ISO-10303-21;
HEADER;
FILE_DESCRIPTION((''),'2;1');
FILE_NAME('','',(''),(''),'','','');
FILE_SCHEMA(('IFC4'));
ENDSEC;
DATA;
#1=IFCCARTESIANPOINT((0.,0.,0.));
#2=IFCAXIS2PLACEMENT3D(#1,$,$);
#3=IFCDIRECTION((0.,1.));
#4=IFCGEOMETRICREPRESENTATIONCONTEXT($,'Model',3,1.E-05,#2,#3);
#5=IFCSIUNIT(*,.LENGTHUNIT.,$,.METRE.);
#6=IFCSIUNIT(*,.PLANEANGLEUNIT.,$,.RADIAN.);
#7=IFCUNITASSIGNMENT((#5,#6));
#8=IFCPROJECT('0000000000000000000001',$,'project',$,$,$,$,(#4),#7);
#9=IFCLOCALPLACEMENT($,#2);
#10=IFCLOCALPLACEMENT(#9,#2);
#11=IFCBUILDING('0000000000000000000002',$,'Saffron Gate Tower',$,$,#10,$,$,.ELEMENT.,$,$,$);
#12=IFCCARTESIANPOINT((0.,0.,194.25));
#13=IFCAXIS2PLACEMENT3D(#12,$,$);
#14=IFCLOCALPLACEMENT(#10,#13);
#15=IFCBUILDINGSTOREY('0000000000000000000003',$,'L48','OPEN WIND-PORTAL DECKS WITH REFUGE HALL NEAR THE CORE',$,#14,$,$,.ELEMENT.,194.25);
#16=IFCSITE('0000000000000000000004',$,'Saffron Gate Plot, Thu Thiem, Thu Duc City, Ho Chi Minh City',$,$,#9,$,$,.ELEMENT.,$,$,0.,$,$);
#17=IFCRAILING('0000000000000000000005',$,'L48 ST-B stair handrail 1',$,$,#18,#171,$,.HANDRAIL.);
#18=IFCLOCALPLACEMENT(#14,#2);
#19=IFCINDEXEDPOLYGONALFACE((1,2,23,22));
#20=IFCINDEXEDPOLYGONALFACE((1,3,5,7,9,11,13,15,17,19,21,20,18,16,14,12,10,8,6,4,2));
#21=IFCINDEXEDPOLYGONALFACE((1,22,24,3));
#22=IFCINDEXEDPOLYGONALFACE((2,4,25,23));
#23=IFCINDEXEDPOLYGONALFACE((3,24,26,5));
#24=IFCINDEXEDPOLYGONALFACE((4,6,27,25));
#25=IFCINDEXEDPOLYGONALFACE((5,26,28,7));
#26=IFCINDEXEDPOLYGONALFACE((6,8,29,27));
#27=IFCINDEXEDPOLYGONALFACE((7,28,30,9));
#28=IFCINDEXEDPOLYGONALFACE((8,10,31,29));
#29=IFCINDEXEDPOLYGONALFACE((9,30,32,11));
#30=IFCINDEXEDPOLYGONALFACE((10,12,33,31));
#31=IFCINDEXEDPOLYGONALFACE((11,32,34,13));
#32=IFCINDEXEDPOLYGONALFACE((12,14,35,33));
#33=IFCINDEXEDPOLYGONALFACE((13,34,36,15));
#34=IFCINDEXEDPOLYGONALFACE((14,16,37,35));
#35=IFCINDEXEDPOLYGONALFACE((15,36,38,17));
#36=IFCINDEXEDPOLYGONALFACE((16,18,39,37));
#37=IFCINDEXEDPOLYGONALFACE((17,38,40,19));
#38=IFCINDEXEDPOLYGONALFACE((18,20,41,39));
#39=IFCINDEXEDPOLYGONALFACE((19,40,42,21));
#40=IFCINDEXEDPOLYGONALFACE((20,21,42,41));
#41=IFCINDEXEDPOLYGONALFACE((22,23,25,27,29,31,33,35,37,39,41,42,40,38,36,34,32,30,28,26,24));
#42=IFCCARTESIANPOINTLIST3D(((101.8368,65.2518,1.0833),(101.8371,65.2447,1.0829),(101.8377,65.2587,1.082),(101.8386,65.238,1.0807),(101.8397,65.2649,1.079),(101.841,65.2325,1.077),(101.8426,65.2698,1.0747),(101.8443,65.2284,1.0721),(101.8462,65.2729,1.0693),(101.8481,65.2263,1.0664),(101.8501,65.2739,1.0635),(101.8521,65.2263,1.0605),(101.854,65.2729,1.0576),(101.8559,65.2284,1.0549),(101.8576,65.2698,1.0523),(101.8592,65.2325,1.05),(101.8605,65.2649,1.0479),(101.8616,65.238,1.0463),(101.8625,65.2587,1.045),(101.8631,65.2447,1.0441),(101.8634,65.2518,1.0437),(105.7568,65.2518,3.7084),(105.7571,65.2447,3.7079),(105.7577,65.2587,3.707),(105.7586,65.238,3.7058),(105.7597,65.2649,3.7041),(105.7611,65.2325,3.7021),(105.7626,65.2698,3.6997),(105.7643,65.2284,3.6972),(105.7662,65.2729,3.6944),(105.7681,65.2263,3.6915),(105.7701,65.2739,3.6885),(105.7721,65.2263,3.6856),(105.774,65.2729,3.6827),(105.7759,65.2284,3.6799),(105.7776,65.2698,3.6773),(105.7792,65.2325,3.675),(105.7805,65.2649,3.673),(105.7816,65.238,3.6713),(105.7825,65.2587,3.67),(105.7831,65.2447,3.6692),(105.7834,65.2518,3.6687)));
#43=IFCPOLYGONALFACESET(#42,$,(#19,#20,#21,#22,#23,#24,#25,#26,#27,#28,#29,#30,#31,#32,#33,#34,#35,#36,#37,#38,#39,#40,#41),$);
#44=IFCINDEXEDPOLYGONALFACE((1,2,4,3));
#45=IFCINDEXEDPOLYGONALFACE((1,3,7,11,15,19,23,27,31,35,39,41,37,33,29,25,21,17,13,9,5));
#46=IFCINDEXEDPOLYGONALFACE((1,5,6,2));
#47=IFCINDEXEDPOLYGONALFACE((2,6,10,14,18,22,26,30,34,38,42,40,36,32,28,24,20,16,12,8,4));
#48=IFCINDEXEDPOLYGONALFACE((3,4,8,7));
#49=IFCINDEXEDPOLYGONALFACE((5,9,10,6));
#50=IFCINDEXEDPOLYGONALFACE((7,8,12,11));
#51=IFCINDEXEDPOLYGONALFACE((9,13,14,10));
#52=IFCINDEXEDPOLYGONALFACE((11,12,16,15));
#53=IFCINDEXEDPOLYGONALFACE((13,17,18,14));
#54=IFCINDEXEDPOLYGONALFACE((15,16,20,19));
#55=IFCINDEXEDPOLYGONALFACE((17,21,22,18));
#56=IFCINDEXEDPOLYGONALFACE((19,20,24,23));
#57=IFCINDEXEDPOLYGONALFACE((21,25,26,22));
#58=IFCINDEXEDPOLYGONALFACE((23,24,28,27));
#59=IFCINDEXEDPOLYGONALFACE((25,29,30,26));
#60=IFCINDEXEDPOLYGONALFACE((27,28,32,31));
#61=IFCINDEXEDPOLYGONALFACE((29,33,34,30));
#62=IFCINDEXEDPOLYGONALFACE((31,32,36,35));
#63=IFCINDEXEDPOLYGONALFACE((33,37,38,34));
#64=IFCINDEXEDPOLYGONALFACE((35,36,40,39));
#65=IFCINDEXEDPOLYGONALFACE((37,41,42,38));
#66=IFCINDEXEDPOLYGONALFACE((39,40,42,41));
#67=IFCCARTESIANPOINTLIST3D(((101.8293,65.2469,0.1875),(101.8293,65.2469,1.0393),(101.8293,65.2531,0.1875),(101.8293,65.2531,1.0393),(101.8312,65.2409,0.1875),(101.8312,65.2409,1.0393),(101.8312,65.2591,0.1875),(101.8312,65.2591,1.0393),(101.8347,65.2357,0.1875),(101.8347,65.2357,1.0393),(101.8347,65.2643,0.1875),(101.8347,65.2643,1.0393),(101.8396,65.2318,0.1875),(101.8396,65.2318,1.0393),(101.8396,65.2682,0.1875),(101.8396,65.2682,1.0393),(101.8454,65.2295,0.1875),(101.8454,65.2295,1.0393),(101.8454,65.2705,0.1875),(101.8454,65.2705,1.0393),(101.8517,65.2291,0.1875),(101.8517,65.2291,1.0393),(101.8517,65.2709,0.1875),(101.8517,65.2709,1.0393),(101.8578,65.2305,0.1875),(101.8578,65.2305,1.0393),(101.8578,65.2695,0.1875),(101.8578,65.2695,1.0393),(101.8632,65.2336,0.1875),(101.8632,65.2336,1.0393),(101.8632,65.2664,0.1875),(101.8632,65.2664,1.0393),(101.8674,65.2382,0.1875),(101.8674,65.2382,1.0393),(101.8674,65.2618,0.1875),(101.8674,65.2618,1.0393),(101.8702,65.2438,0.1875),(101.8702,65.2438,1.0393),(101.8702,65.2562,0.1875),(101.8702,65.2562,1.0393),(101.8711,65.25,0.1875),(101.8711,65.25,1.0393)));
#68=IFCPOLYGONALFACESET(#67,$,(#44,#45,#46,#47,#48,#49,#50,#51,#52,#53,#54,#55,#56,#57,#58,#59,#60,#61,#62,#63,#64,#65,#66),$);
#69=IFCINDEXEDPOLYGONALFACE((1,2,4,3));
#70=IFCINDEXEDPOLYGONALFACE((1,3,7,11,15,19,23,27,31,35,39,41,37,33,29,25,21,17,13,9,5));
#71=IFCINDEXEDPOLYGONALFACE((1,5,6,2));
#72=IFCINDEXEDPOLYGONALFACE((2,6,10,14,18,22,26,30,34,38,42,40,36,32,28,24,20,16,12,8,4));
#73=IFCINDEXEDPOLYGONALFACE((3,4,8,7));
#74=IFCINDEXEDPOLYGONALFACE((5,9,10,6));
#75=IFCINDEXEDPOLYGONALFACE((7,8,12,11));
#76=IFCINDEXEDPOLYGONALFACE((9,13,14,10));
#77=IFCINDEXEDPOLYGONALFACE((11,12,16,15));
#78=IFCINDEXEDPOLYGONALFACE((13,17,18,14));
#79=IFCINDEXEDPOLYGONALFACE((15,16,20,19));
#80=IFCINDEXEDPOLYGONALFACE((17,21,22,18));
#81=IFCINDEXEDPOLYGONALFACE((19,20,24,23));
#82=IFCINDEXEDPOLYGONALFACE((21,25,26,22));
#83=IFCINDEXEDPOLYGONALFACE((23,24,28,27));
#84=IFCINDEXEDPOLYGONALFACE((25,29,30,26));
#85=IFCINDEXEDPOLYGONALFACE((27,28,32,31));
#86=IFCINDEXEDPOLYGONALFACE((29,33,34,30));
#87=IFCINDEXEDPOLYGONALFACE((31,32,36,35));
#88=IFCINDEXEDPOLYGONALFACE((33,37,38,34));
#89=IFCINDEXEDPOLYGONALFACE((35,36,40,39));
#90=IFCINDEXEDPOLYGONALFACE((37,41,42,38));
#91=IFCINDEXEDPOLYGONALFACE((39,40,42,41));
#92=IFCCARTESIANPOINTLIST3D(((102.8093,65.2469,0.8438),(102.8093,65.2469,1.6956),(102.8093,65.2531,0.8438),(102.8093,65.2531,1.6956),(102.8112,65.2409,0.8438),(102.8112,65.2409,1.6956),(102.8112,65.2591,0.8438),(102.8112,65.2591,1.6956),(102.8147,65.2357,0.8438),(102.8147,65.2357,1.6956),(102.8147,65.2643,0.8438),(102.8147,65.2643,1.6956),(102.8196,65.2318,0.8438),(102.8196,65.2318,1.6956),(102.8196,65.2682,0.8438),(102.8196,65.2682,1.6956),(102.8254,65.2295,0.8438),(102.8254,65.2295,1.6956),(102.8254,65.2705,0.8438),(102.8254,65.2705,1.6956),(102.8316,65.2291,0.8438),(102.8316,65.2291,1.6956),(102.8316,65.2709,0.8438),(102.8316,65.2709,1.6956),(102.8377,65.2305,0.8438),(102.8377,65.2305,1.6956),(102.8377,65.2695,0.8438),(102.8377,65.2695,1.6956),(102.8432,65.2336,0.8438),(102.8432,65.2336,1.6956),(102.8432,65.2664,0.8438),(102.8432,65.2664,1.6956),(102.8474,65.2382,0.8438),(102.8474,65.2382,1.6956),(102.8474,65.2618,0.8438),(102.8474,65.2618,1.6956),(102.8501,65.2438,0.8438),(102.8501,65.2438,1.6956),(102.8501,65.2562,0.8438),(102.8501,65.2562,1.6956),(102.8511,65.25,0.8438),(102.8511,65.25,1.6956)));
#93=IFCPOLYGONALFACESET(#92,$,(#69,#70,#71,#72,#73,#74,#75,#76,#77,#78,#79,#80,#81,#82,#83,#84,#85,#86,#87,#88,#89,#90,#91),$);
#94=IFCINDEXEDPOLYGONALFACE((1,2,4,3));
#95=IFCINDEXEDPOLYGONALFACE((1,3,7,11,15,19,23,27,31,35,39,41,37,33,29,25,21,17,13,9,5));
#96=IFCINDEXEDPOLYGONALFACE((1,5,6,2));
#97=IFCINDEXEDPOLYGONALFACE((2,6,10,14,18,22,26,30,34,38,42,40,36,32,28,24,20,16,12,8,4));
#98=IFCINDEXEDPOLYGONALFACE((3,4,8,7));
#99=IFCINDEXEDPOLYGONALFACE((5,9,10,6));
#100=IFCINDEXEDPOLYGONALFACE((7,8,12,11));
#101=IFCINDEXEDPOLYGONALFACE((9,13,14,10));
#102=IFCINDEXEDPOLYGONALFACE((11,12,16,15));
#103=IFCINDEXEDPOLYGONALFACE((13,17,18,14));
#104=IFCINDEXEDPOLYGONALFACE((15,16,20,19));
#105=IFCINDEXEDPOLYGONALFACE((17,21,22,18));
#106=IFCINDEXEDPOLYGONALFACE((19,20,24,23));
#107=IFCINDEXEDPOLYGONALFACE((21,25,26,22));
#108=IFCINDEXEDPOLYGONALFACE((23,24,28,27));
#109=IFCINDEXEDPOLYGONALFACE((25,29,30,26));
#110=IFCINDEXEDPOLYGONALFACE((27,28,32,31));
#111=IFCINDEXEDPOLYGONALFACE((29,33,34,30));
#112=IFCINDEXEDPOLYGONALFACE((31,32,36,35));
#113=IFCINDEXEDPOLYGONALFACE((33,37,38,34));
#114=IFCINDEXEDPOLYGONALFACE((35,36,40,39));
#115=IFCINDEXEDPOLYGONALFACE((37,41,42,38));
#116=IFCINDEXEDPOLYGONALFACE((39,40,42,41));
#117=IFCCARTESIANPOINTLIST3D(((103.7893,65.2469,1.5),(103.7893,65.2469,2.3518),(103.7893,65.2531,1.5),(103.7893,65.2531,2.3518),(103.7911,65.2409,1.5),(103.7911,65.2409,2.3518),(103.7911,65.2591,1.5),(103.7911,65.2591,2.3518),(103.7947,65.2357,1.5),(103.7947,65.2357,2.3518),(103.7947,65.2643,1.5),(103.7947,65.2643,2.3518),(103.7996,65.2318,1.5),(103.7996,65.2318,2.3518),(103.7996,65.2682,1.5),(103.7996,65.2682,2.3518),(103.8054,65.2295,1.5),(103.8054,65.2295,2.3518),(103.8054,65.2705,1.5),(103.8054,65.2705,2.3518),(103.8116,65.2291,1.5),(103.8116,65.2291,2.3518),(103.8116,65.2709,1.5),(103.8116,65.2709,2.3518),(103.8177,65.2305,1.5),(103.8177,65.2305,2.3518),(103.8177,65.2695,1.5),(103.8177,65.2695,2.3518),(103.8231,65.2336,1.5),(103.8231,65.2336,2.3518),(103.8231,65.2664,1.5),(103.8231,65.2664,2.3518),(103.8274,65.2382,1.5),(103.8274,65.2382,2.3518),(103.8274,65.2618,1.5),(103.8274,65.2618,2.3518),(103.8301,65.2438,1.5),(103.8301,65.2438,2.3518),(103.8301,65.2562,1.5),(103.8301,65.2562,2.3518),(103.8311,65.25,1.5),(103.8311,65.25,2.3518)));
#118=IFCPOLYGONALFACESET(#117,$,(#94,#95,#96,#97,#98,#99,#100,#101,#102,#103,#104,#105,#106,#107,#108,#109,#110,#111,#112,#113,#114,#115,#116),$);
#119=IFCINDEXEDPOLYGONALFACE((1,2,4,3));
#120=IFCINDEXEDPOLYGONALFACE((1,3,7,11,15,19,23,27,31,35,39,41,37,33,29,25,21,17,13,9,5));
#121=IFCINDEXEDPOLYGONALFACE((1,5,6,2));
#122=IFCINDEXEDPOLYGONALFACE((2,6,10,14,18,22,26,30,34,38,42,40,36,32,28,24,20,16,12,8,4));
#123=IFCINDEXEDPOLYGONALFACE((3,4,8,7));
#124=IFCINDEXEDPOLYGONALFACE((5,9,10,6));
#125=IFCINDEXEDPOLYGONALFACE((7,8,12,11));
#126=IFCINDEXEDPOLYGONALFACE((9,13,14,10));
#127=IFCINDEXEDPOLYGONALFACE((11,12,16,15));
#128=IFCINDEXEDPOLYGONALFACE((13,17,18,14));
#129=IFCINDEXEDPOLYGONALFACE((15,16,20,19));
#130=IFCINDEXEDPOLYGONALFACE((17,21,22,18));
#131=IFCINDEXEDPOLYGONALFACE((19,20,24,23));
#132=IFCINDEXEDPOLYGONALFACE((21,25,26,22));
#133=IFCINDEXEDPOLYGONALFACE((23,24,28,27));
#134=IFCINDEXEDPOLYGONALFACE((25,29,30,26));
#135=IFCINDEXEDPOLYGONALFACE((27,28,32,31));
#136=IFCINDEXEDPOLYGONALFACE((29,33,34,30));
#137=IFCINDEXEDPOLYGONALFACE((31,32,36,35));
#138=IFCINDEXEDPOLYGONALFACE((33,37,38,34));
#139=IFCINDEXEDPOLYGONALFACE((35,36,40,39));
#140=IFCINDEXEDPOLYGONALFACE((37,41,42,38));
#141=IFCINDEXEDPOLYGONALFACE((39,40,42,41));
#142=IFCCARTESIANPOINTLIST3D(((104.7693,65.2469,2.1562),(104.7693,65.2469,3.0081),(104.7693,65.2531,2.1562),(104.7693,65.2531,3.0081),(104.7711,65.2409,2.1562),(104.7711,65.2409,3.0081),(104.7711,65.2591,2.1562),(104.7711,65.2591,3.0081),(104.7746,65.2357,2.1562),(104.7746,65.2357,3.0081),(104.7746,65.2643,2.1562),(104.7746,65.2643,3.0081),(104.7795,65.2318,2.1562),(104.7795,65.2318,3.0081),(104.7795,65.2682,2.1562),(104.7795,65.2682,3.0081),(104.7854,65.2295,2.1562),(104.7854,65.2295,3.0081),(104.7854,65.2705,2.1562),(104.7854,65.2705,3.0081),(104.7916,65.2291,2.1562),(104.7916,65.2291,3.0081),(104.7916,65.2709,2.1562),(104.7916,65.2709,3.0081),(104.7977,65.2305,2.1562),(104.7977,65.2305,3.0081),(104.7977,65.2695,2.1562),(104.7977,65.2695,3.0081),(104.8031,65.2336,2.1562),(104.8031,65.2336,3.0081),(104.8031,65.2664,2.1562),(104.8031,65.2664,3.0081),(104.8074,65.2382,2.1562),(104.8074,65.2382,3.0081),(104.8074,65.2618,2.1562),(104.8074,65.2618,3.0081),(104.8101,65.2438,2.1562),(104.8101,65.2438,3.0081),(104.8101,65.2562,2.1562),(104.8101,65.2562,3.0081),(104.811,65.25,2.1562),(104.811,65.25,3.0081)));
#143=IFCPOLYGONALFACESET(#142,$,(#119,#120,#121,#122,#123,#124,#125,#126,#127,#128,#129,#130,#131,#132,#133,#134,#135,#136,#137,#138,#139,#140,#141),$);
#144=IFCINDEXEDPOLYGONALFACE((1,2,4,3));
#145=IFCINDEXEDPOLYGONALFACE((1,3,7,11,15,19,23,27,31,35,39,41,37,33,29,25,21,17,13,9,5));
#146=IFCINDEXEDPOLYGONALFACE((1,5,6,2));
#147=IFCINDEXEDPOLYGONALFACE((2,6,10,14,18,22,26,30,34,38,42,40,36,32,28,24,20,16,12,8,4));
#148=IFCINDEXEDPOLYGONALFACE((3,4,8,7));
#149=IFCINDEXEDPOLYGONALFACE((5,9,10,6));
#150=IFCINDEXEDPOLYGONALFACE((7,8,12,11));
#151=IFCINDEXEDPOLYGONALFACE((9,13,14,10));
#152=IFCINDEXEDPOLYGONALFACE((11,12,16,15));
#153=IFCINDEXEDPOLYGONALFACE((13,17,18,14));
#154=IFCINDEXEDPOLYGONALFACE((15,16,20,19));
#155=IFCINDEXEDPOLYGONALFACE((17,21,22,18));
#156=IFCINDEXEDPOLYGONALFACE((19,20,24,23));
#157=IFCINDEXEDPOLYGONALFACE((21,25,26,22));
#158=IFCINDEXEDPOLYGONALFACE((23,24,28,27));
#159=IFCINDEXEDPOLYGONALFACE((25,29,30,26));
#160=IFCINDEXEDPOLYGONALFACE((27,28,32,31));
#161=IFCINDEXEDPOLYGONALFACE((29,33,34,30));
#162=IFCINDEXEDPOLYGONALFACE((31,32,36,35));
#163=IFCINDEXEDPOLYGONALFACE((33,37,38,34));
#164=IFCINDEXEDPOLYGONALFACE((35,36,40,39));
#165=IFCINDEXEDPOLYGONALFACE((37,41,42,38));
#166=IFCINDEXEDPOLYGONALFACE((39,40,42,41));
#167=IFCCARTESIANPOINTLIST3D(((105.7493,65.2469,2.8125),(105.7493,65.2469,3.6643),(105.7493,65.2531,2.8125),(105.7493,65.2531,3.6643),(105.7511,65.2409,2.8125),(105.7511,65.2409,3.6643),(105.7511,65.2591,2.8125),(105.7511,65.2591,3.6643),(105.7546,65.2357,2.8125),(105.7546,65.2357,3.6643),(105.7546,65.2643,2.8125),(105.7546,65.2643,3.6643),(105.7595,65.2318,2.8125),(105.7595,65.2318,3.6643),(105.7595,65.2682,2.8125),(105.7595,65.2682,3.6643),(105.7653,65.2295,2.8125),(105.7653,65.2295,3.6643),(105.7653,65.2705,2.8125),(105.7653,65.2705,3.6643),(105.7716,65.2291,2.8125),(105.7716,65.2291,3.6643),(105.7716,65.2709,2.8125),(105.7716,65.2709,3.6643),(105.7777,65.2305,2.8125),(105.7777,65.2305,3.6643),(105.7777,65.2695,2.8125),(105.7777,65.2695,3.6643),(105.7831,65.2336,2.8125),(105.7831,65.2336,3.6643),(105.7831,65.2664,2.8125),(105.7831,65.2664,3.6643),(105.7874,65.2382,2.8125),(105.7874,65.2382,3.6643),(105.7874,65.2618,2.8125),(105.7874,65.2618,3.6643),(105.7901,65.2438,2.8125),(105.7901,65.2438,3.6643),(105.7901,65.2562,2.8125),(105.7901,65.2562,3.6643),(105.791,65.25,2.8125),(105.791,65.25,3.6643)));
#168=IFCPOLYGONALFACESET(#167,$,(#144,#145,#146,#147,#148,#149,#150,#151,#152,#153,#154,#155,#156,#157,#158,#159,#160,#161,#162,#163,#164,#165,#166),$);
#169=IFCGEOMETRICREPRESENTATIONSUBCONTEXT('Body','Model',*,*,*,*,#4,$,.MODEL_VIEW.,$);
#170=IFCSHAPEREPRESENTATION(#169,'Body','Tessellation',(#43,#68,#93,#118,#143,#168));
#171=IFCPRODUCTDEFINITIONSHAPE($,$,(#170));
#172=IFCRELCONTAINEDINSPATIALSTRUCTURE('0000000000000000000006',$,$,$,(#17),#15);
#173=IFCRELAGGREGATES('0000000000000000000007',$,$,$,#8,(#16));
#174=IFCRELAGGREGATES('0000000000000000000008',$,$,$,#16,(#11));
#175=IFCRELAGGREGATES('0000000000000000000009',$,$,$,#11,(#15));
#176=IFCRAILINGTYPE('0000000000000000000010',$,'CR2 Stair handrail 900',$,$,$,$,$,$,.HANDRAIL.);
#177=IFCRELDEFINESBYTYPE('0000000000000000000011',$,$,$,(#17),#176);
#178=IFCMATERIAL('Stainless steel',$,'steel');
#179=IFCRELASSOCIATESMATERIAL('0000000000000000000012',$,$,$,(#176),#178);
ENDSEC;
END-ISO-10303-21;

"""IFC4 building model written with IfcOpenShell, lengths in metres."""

from ifc_helpers import new_model, si_unit, direction, frame, origin, origin_2d, place, context, subcontext, project, spatial, circle, extrude, material, type_object, element, save


model = new_model("IFC4")

# Units and contexts
model_context = context("Model", 3, precision=1e-05, world=origin(), true_north=direction((0.0, 1.0)))
body_context = subcontext(model_context, "Body", "Model", "MODEL_VIEW")
ifc_project = project(units=[si_unit("LENGTHUNIT", "METRE"), si_unit("PLANEANGLEUNIT", "RADIAN")], contexts=[model_context])

# Site, building, storey
site_placement = place(None, origin())
site = spatial("IfcSite", under=ifc_project, at=site_placement, Name="Saffron Gate Plot, Thu Thiem, Thu Duc City, Ho Chi Minh City", CompositionType="ELEMENT", RefElevation=0.0)
building_placement = place(site_placement, origin())
building = spatial("IfcBuilding", under=site, at=building_placement, Name="Saffron Gate Tower", CompositionType="ELEMENT")
storey_placement = place(building_placement, frame((0.0, 0.0, 194.25)))
storey = spatial("IfcBuildingStorey", under=building, at=storey_placement, Name="L48", Description="OPEN WIND-PORTAL DECKS WITH REFUGE HALL NEAR THE CORE", CompositionType="ELEMENT", Elevation=194.25)

# Railing
ifc_material_1 = material(Name="Stainless steel", Category="steel")
railing_type_1 = type_object("IfcRailingType", Name="CR2 Stair handrail 900", PredefinedType="HANDRAIL", material=ifc_material_1)
railing_1_placement = place(storey_placement, frame((101.8501, 65.25, 0.1875)))
element("IfcRailing", 1, at=railing_1_placement, inside=storey, type_object=railing_type_1, Name="L48 ST-B stair handrail 1", PredefinedType="HANDRAIL", context=body_context, shape_type="SweptSolid", body=[
    extrude(circle(Radius=0.0239, at=origin_2d()), frame((0.0, 0.0, 0.876), z_axis=(0.830902, 0.0, 0.556419), x_axis=(0.0, 1.0, 0.0)), (0.0, 0.0, 1.0), 4.7178),
    extrude(circle(Radius=0.021, at=origin_2d()), origin(), (0.0, 0.0, 1.0), 0.8518),
    extrude(circle(Radius=0.021, at=origin_2d()), frame((0.98, 0.0, 0.6562)), (0.0, 0.0, 1.0), 0.8518),
    extrude(circle(Radius=0.021, at=origin_2d()), frame((1.96, 0.0, 1.3125)), (0.0, 0.0, 1.0), 0.8518),
    extrude(circle(Radius=0.021, at=origin_2d()), frame((2.9399, 0.0, 1.9688)), (0.0, 0.0, 1.0), 0.8518),
    extrude(circle(Radius=0.021, at=origin_2d()), frame((3.9199, 0.0, 2.625)), (0.0, 0.0, 1.0), 0.8518),
])

save(model, "model.ifc")
